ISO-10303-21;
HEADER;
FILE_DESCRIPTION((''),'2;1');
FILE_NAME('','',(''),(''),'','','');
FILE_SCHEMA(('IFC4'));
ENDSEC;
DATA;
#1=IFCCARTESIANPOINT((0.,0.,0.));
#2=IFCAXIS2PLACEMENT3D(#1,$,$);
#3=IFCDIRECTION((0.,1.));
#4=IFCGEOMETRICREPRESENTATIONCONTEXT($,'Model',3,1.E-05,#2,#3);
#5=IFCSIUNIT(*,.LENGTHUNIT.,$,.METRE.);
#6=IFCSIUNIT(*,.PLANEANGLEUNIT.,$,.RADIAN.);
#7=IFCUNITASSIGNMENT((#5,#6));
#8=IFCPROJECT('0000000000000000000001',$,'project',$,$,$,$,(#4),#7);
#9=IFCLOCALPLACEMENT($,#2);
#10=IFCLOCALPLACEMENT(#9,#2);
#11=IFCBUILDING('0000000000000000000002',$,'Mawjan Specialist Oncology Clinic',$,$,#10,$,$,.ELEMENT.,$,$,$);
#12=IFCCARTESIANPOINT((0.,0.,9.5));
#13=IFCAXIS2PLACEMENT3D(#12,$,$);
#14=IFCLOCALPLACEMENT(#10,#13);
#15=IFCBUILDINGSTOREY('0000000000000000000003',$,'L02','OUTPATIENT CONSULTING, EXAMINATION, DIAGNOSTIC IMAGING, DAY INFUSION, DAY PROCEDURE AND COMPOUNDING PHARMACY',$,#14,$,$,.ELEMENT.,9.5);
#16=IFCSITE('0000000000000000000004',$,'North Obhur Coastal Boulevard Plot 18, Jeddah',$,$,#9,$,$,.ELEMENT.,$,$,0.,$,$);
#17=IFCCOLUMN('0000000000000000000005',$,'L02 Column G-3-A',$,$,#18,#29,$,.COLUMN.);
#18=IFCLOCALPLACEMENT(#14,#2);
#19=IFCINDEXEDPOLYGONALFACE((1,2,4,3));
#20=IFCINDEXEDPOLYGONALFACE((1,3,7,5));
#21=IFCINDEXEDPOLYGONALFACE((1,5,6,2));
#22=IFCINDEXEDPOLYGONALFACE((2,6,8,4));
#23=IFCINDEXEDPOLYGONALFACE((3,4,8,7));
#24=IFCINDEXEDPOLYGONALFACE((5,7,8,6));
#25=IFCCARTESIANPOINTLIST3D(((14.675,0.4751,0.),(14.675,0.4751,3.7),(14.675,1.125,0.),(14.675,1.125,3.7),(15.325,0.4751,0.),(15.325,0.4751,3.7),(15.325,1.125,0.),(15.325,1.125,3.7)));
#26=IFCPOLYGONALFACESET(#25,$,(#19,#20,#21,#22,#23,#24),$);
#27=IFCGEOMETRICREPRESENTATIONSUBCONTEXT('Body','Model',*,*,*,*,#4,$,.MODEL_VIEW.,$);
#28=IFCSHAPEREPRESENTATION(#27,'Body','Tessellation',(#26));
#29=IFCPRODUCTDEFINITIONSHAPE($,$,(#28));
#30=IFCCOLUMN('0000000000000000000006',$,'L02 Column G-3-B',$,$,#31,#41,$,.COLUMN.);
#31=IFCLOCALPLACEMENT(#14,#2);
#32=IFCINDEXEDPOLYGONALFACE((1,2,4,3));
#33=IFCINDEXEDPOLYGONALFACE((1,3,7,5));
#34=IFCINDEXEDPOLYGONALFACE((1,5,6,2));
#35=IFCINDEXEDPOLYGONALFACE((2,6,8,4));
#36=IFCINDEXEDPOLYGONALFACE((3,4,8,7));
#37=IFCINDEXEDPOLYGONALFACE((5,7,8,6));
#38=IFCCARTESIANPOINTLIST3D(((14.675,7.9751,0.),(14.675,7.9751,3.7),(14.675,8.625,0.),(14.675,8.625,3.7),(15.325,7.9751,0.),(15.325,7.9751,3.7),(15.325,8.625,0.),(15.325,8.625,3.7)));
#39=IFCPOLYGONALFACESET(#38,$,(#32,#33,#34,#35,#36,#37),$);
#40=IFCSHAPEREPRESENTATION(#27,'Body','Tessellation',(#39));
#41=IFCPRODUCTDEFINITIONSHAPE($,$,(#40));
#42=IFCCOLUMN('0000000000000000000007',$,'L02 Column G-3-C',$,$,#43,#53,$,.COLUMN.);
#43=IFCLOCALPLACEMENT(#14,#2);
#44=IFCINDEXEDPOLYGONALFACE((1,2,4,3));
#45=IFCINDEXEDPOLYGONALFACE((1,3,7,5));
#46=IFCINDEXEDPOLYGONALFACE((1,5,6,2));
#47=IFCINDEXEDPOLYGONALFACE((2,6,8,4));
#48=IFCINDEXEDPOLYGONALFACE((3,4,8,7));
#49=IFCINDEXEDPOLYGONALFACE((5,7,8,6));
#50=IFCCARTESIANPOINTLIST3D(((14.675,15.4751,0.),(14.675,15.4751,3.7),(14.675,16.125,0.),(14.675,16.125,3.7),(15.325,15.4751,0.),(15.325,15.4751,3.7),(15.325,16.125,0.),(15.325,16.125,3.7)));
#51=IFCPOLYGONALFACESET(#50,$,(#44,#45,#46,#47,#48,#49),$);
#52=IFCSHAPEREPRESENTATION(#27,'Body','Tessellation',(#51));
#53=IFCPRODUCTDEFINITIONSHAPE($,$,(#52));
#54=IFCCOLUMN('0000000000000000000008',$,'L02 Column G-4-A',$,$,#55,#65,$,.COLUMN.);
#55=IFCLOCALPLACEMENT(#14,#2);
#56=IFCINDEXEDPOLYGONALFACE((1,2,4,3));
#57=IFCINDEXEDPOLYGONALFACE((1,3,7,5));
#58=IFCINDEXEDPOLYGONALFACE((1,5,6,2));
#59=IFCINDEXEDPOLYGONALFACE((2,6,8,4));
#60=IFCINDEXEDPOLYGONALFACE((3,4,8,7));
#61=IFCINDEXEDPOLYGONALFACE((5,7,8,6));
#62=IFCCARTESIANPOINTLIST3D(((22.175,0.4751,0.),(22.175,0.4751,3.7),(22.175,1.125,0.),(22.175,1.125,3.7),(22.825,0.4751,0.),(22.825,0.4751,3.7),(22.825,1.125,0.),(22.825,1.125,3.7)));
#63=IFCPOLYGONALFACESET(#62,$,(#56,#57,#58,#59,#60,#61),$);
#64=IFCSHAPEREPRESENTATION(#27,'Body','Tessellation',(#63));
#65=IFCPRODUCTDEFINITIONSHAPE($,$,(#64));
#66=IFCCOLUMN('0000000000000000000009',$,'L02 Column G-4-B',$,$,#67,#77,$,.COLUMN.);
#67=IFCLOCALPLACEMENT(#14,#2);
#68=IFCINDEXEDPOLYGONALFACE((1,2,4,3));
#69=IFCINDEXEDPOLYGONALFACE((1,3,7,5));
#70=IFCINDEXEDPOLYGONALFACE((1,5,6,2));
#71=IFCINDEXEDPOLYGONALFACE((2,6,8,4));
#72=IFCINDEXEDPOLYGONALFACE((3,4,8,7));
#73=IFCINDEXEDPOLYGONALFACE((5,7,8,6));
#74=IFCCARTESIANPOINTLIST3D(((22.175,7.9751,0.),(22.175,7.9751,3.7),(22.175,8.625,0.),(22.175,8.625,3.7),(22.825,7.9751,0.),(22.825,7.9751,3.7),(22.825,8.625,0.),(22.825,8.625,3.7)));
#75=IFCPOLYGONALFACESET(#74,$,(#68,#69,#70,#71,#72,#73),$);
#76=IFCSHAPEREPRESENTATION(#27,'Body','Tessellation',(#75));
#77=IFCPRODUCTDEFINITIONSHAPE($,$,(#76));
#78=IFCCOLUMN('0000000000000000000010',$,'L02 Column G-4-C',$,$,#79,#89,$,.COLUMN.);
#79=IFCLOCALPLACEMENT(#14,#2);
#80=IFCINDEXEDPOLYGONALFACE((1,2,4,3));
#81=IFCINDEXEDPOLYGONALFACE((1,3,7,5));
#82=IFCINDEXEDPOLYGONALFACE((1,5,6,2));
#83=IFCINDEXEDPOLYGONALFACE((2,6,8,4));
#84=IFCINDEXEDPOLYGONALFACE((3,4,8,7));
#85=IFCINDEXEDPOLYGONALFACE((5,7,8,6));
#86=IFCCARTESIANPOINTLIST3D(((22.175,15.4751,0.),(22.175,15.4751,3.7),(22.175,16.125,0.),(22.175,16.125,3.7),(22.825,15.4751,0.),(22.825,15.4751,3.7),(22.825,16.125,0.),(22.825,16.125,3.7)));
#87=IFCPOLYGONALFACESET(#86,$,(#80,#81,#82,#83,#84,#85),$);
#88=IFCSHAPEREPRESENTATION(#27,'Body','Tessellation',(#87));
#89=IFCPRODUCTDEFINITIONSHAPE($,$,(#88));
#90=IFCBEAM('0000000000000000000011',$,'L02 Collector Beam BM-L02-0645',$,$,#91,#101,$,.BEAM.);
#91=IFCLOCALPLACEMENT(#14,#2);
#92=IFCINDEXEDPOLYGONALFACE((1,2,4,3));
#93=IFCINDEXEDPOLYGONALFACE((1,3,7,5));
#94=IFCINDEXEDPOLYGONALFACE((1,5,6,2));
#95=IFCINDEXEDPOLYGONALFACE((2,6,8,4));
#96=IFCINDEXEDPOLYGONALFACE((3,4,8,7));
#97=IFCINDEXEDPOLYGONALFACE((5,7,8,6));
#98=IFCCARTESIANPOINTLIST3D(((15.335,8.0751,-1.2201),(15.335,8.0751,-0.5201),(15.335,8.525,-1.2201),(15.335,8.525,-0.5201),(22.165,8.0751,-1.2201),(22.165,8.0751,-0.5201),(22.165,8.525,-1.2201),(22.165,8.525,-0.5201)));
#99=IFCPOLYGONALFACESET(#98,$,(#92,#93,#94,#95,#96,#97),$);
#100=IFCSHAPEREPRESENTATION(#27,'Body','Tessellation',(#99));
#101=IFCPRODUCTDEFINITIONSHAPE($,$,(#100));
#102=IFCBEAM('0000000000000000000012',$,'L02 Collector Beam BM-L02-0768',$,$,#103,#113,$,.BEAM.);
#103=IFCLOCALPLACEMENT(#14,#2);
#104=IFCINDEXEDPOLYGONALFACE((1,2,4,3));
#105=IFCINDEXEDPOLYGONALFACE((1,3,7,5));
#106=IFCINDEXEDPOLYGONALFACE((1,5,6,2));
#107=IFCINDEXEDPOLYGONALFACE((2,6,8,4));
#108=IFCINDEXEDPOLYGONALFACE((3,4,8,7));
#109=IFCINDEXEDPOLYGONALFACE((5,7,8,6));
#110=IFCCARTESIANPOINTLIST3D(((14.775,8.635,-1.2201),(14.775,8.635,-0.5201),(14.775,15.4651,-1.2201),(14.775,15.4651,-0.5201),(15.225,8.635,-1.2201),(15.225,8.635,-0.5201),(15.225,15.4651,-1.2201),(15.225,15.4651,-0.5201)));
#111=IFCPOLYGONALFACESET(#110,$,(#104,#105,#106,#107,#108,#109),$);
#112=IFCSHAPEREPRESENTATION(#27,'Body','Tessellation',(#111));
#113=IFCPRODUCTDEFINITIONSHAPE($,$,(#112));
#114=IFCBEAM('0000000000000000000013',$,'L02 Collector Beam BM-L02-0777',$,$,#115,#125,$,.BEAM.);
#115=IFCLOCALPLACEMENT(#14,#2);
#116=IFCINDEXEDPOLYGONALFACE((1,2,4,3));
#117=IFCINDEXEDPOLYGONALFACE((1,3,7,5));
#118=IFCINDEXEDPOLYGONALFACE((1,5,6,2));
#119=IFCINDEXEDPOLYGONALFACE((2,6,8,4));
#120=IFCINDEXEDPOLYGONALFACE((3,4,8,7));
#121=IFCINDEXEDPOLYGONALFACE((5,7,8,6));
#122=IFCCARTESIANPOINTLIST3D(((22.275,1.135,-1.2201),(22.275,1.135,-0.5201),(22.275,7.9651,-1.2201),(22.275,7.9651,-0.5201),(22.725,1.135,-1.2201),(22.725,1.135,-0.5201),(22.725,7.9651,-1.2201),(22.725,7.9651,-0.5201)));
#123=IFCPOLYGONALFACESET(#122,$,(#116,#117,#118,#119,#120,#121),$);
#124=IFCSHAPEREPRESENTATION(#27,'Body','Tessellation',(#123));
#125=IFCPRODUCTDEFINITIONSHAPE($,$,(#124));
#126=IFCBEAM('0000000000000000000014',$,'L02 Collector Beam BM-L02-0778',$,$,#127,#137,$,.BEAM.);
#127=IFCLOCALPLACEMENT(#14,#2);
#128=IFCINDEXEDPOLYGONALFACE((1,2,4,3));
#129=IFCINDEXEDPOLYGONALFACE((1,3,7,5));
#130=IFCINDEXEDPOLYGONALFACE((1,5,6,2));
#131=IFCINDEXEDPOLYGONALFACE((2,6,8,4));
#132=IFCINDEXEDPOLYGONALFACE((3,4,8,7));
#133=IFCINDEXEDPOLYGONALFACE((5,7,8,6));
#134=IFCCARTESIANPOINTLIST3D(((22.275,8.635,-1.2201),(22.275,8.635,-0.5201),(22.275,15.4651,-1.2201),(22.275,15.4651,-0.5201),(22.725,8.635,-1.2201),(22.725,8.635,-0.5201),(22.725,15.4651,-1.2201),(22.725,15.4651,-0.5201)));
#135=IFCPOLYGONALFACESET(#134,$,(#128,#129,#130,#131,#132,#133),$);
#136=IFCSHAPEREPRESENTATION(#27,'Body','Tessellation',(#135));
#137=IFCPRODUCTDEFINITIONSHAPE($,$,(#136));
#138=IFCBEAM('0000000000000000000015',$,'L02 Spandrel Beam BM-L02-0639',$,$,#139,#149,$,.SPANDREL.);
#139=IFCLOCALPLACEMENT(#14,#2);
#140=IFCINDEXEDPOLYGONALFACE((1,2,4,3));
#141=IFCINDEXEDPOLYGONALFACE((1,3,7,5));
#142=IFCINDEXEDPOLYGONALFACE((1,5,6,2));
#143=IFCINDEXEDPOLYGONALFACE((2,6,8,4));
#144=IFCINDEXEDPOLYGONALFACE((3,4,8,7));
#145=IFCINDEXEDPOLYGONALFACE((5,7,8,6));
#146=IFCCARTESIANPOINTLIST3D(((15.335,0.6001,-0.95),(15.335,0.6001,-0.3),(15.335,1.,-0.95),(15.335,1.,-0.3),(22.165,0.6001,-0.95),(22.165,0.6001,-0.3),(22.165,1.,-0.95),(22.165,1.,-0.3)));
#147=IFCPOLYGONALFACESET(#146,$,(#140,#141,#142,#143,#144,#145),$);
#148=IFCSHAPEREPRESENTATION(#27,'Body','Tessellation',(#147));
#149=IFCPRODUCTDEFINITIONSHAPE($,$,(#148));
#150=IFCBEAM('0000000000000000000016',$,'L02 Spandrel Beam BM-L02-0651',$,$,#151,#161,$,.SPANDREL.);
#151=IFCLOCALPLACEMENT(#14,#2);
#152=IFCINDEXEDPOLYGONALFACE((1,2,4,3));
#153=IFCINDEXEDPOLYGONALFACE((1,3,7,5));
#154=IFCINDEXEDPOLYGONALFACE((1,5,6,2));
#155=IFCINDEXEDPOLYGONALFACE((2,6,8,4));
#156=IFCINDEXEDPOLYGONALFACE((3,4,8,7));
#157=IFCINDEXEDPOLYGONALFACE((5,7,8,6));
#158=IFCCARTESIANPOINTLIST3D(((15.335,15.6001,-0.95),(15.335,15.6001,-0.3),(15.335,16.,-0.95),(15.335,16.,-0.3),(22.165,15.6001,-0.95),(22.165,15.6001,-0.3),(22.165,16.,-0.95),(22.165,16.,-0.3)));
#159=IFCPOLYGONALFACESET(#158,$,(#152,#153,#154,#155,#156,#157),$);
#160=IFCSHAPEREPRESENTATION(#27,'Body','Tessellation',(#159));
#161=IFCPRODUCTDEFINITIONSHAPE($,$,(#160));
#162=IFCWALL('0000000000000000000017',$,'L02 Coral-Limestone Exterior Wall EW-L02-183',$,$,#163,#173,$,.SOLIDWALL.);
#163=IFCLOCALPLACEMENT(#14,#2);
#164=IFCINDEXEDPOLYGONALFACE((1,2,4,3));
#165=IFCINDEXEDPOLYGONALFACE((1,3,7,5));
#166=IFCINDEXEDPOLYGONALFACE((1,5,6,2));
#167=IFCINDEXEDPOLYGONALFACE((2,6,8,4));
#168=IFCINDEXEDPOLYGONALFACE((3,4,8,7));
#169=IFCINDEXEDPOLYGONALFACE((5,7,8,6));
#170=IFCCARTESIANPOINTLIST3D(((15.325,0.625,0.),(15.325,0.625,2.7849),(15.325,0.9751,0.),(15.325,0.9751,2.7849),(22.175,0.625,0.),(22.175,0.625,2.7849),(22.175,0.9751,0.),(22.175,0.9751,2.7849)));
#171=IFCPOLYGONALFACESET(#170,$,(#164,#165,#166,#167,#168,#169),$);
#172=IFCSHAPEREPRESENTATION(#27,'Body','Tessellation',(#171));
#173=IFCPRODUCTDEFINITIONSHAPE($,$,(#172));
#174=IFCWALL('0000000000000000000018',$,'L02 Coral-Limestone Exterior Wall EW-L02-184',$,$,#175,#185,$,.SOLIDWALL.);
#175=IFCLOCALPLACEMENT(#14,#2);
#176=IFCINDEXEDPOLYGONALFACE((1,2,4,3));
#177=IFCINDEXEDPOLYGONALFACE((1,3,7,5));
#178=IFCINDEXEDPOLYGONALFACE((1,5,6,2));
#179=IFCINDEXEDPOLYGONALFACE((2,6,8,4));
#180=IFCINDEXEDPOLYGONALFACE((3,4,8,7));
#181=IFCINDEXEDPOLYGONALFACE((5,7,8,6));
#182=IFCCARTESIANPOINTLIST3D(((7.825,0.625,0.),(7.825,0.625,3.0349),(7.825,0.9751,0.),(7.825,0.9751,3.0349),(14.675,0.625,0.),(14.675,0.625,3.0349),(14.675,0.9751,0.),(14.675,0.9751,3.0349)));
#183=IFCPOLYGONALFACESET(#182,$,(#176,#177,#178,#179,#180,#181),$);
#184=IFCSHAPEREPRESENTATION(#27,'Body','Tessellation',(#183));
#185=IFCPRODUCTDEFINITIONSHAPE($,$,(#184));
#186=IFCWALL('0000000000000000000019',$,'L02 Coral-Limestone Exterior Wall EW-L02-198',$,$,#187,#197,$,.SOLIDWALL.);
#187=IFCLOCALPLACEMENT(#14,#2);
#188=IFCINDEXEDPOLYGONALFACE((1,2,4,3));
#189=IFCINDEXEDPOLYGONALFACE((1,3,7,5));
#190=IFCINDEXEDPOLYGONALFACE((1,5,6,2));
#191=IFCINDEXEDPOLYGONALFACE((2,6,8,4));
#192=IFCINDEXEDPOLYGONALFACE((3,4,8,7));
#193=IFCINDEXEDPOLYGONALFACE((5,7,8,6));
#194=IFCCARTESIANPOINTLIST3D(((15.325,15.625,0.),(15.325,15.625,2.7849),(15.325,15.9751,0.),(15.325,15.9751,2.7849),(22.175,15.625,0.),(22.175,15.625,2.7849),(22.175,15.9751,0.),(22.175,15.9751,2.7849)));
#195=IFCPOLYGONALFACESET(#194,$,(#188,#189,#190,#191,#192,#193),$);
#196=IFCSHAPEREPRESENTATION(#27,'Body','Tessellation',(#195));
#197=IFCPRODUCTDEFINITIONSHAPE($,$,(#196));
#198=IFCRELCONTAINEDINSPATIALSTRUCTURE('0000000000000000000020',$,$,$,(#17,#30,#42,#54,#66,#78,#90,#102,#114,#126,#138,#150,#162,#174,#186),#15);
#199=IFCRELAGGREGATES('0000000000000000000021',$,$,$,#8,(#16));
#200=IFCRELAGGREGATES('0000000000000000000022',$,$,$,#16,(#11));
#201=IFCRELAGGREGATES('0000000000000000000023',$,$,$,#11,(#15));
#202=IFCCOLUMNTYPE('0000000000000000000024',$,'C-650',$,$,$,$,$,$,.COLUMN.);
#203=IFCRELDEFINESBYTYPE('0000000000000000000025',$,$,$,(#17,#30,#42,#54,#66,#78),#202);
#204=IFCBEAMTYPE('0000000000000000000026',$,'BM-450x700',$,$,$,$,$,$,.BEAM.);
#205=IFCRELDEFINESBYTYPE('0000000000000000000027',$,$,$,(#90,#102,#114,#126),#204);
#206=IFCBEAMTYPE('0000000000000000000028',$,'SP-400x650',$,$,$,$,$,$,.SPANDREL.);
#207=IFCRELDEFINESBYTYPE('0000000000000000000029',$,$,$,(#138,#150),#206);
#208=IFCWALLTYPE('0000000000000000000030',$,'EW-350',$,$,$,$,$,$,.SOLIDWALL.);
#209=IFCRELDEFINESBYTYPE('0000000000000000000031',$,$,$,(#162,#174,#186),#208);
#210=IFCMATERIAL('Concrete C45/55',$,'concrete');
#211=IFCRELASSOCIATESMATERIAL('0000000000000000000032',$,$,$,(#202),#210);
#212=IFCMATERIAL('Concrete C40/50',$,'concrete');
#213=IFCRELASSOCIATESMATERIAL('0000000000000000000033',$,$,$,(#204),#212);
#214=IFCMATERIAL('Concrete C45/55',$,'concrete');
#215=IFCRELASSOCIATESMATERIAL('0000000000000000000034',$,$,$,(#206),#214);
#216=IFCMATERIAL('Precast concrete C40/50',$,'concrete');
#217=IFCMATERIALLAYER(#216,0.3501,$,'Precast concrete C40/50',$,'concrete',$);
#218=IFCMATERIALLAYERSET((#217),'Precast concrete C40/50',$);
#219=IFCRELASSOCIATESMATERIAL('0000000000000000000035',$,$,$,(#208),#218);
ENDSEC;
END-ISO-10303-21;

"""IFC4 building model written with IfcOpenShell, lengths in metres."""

from ifc_helpers import new_model, si_unit, direction, frame, frame_2d, origin, origin_2d, place, context, subcontext, project, spatial, rectangle, extrude, material, layer, layer_set, material_profile, profile_set, type_object, element, save


model = new_model("IFC4")

# Units and contexts
model_context = context("Model", 3, precision=1e-05, world=origin(), true_north=direction((0.0, 1.0)))
body_context = subcontext(model_context, "Body", "Model", "MODEL_VIEW")
ifc_project = project(units=[si_unit("LENGTHUNIT", "METRE"), si_unit("PLANEANGLEUNIT", "RADIAN")], contexts=[model_context])

# Site, building, storey
site_placement = place(None, origin())
site = spatial("IfcSite", under=ifc_project, at=site_placement, Name="North Obhur Coastal Boulevard Plot 18, Jeddah", CompositionType="ELEMENT", RefElevation=0.0)
building_placement = place(site_placement, origin())
building = spatial("IfcBuilding", under=site, at=building_placement, Name="Mawjan Specialist Oncology Clinic", CompositionType="ELEMENT")
storey_placement = place(building_placement, frame((0.0, 0.0, 9.5)))
storey = spatial("IfcBuildingStorey", under=building, at=storey_placement, Name="L02", Description="OUTPATIENT CONSULTING, EXAMINATION, DIAGNOSTIC IMAGING, DAY INFUSION, DAY PROCEDURE AND COMPOUNDING PHARMACY", CompositionType="ELEMENT", Elevation=9.5)

# Columns
ifc_material_1 = material(Name="Concrete C45/55", Category="concrete")
ifc_material_profile_1 = material_profile(ifc_material_1, rectangle(XDim=0.6499, YDim=0.6499, at=origin_2d()), Name="RC COL 650x650", Category="concrete")
ifc_profile_set_1 = profile_set([ifc_material_profile_1], Name="Concrete C45/55")
column_type = type_object("IfcColumnType", Name="C-650", PredefinedType="COLUMN", material=ifc_profile_set_1)
for number, where, z_axis, x_axis, name in (
    (1, (15.0, 0.8, 0.0), (0.0, 0.0, 1.0), (1.0, 0.0, 0.0), "L02 Column G-3-A"),
    (2, (15.0, 8.3, 0.0), (0.0, 0.0, 1.0), (1.0, 0.0, 0.0), "L02 Column G-3-B"),
    (3, (15.0, 15.8, 0.0), (0.0, 0.0, 1.0), (1.0, 0.0, 0.0), "L02 Column G-3-C"),
    (4, (22.5, 0.8, 0.0), (0.0, 0.0, 1.0), (1.0, 0.0, 0.0), "L02 Column G-4-A"),
    (5, (22.5, 8.3, 0.0), (0.0, 0.0, 1.0), (1.0, 0.0, 0.0), "L02 Column G-4-B"),
    (6, (22.5, 15.8, 0.0), (0.0, 0.0, 1.0), (1.0, 0.0, 0.0), "L02 Column G-4-C"),
):
    element("IfcColumn", number, at=place(storey_placement, frame(where, z_axis=z_axis, x_axis=x_axis)), inside=storey, type_object=column_type, Name=name, PredefinedType="COLUMN", context=body_context, shape_type="SweptSolid", body=[
        extrude(rectangle(XDim=0.6499, YDim=0.6499, at=origin_2d()), origin(), (0.0, 0.0, 1.0), 3.7),
    ])

# Beams
ifc_material_2 = material(Name="Concrete C40/50", Category="concrete")
ifc_material_profile_2 = material_profile(ifc_material_2, rectangle(XDim=0.45, YDim=0.7, at=origin_2d()), Name="RC BM 450x700", Category="concrete")
ifc_profile_set_2 = profile_set([ifc_material_profile_2], Name="Concrete C40/50")
beam_type_1 = type_object("IfcBeamType", Name="BM-450x700", PredefinedType="BEAM", material=ifc_profile_set_2)
for number, where, z_axis, x_axis, name in (
    (7, (15.335, 8.3, -0.8701), (1.0, 0.0, 0.0), (0.0, 1.0, 0.0), "L02 Collector Beam BM-L02-0645"),
    (8, (15.0, 8.635, -0.8701), (0.0, 1.0, 0.0), (-1.0, 0.0, 0.0), "L02 Collector Beam BM-L02-0768"),
    (9, (22.5, 1.135, -0.8701), (0.0, 1.0, 0.0), (-1.0, 0.0, 0.0), "L02 Collector Beam BM-L02-0777"),
    (10, (22.5, 8.635, -0.8701), (0.0, 1.0, 0.0), (-1.0, 0.0, 0.0), "L02 Collector Beam BM-L02-0778"),
):
    element("IfcBeam", number, at=place(storey_placement, frame(where, z_axis=z_axis, x_axis=x_axis)), inside=storey, type_object=beam_type_1, Name=name, PredefinedType="BEAM", context=body_context, shape_type="SweptSolid", body=[
        extrude(rectangle(XDim=0.45, YDim=0.7, at=origin_2d()), origin(), (0.0, 0.0, 1.0), 6.8301),
    ])
ifc_material_3 = material(Name="Concrete C45/55", Category="concrete")
ifc_material_profile_3 = material_profile(ifc_material_3, rectangle(XDim=0.3999, YDim=0.6499, at=origin_2d()), Name="RC BM 400x650", Category="concrete")
ifc_profile_set_3 = profile_set([ifc_material_profile_3], Name="Concrete C45/55")
beam_type_2 = type_object("IfcBeamType", Name="SP-400x650", PredefinedType="SPANDREL", material=ifc_profile_set_3)
for number, where, z_axis, x_axis, name in (
    (11, (15.335, 0.8, -0.625), (1.0, 0.0, 0.0), (0.0, 1.0, 0.0), "L02 Spandrel Beam BM-L02-0639"),
    (12, (15.335, 15.8, -0.625), (1.0, 0.0, 0.0), (0.0, 1.0, 0.0), "L02 Spandrel Beam BM-L02-0651"),
):
    element("IfcBeam", number, at=place(storey_placement, frame(where, z_axis=z_axis, x_axis=x_axis)), inside=storey, type_object=beam_type_2, Name=name, PredefinedType="SPANDREL", context=body_context, shape_type="SweptSolid", body=[
        extrude(rectangle(XDim=0.3999, YDim=0.6499, at=origin_2d()), origin(), (0.0, 0.0, 1.0), 6.8301),
    ])

# Walls
ifc_material_4 = material(Name="Precast concrete C40/50", Category="concrete")
ifc_layer_1 = layer(ifc_material_4, 0.3501, Name="Precast concrete C40/50", Category="concrete")
ifc_layer_set_1 = layer_set([ifc_layer_1], Name="Precast concrete C40/50")
wall_type_1 = type_object("IfcWallType", Name="EW-350", PredefinedType="SOLIDWALL", material=ifc_layer_set_1)
wall_1_placement = place(storey_placement, frame((22.175, 0.8, 0.0), z_axis=(0.0, 0.0, 1.0), x_axis=(-1.0, 0.0, 0.0)))
element("IfcWall", 13, at=wall_1_placement, inside=storey, type_object=wall_type_1, Name="L02 Coral-Limestone Exterior Wall EW-L02-183", PredefinedType="SOLIDWALL", context=body_context, shape_type="SweptSolid", body=[
    extrude(rectangle(XDim=6.8501, YDim=0.3501, at=frame_2d((3.425, 0.0))), origin(), (0.0, 0.0, 1.0), 2.7849),
])
wall_2_placement = place(storey_placement, frame((14.675, 0.8, 0.0), z_axis=(0.0, 0.0, 1.0), x_axis=(-1.0, 0.0, 0.0)))
element("IfcWall", 14, at=wall_2_placement, inside=storey, type_object=wall_type_1, Name="L02 Coral-Limestone Exterior Wall EW-L02-184", PredefinedType="SOLIDWALL", context=body_context, shape_type="SweptSolid", body=[
    extrude(rectangle(XDim=6.8501, YDim=0.3501, at=frame_2d((3.425, 0.0))), origin(), (0.0, 0.0, 1.0), 3.0349),
])
wall_3_placement = place(storey_placement, frame((15.325, 15.8, 0.0), z_axis=(0.0, 0.0, 1.0), x_axis=(1.0, 0.0, 0.0)))
element("IfcWall", 15, at=wall_3_placement, inside=storey, type_object=wall_type_1, Name="L02 Coral-Limestone Exterior Wall EW-L02-198", PredefinedType="SOLIDWALL", context=body_context, shape_type="SweptSolid", body=[
    extrude(rectangle(XDim=6.8501, YDim=0.3501, at=frame_2d((3.425, 0.0))), origin(), (0.0, 0.0, 1.0), 2.7849),
])

save(model, "model.ifc")
